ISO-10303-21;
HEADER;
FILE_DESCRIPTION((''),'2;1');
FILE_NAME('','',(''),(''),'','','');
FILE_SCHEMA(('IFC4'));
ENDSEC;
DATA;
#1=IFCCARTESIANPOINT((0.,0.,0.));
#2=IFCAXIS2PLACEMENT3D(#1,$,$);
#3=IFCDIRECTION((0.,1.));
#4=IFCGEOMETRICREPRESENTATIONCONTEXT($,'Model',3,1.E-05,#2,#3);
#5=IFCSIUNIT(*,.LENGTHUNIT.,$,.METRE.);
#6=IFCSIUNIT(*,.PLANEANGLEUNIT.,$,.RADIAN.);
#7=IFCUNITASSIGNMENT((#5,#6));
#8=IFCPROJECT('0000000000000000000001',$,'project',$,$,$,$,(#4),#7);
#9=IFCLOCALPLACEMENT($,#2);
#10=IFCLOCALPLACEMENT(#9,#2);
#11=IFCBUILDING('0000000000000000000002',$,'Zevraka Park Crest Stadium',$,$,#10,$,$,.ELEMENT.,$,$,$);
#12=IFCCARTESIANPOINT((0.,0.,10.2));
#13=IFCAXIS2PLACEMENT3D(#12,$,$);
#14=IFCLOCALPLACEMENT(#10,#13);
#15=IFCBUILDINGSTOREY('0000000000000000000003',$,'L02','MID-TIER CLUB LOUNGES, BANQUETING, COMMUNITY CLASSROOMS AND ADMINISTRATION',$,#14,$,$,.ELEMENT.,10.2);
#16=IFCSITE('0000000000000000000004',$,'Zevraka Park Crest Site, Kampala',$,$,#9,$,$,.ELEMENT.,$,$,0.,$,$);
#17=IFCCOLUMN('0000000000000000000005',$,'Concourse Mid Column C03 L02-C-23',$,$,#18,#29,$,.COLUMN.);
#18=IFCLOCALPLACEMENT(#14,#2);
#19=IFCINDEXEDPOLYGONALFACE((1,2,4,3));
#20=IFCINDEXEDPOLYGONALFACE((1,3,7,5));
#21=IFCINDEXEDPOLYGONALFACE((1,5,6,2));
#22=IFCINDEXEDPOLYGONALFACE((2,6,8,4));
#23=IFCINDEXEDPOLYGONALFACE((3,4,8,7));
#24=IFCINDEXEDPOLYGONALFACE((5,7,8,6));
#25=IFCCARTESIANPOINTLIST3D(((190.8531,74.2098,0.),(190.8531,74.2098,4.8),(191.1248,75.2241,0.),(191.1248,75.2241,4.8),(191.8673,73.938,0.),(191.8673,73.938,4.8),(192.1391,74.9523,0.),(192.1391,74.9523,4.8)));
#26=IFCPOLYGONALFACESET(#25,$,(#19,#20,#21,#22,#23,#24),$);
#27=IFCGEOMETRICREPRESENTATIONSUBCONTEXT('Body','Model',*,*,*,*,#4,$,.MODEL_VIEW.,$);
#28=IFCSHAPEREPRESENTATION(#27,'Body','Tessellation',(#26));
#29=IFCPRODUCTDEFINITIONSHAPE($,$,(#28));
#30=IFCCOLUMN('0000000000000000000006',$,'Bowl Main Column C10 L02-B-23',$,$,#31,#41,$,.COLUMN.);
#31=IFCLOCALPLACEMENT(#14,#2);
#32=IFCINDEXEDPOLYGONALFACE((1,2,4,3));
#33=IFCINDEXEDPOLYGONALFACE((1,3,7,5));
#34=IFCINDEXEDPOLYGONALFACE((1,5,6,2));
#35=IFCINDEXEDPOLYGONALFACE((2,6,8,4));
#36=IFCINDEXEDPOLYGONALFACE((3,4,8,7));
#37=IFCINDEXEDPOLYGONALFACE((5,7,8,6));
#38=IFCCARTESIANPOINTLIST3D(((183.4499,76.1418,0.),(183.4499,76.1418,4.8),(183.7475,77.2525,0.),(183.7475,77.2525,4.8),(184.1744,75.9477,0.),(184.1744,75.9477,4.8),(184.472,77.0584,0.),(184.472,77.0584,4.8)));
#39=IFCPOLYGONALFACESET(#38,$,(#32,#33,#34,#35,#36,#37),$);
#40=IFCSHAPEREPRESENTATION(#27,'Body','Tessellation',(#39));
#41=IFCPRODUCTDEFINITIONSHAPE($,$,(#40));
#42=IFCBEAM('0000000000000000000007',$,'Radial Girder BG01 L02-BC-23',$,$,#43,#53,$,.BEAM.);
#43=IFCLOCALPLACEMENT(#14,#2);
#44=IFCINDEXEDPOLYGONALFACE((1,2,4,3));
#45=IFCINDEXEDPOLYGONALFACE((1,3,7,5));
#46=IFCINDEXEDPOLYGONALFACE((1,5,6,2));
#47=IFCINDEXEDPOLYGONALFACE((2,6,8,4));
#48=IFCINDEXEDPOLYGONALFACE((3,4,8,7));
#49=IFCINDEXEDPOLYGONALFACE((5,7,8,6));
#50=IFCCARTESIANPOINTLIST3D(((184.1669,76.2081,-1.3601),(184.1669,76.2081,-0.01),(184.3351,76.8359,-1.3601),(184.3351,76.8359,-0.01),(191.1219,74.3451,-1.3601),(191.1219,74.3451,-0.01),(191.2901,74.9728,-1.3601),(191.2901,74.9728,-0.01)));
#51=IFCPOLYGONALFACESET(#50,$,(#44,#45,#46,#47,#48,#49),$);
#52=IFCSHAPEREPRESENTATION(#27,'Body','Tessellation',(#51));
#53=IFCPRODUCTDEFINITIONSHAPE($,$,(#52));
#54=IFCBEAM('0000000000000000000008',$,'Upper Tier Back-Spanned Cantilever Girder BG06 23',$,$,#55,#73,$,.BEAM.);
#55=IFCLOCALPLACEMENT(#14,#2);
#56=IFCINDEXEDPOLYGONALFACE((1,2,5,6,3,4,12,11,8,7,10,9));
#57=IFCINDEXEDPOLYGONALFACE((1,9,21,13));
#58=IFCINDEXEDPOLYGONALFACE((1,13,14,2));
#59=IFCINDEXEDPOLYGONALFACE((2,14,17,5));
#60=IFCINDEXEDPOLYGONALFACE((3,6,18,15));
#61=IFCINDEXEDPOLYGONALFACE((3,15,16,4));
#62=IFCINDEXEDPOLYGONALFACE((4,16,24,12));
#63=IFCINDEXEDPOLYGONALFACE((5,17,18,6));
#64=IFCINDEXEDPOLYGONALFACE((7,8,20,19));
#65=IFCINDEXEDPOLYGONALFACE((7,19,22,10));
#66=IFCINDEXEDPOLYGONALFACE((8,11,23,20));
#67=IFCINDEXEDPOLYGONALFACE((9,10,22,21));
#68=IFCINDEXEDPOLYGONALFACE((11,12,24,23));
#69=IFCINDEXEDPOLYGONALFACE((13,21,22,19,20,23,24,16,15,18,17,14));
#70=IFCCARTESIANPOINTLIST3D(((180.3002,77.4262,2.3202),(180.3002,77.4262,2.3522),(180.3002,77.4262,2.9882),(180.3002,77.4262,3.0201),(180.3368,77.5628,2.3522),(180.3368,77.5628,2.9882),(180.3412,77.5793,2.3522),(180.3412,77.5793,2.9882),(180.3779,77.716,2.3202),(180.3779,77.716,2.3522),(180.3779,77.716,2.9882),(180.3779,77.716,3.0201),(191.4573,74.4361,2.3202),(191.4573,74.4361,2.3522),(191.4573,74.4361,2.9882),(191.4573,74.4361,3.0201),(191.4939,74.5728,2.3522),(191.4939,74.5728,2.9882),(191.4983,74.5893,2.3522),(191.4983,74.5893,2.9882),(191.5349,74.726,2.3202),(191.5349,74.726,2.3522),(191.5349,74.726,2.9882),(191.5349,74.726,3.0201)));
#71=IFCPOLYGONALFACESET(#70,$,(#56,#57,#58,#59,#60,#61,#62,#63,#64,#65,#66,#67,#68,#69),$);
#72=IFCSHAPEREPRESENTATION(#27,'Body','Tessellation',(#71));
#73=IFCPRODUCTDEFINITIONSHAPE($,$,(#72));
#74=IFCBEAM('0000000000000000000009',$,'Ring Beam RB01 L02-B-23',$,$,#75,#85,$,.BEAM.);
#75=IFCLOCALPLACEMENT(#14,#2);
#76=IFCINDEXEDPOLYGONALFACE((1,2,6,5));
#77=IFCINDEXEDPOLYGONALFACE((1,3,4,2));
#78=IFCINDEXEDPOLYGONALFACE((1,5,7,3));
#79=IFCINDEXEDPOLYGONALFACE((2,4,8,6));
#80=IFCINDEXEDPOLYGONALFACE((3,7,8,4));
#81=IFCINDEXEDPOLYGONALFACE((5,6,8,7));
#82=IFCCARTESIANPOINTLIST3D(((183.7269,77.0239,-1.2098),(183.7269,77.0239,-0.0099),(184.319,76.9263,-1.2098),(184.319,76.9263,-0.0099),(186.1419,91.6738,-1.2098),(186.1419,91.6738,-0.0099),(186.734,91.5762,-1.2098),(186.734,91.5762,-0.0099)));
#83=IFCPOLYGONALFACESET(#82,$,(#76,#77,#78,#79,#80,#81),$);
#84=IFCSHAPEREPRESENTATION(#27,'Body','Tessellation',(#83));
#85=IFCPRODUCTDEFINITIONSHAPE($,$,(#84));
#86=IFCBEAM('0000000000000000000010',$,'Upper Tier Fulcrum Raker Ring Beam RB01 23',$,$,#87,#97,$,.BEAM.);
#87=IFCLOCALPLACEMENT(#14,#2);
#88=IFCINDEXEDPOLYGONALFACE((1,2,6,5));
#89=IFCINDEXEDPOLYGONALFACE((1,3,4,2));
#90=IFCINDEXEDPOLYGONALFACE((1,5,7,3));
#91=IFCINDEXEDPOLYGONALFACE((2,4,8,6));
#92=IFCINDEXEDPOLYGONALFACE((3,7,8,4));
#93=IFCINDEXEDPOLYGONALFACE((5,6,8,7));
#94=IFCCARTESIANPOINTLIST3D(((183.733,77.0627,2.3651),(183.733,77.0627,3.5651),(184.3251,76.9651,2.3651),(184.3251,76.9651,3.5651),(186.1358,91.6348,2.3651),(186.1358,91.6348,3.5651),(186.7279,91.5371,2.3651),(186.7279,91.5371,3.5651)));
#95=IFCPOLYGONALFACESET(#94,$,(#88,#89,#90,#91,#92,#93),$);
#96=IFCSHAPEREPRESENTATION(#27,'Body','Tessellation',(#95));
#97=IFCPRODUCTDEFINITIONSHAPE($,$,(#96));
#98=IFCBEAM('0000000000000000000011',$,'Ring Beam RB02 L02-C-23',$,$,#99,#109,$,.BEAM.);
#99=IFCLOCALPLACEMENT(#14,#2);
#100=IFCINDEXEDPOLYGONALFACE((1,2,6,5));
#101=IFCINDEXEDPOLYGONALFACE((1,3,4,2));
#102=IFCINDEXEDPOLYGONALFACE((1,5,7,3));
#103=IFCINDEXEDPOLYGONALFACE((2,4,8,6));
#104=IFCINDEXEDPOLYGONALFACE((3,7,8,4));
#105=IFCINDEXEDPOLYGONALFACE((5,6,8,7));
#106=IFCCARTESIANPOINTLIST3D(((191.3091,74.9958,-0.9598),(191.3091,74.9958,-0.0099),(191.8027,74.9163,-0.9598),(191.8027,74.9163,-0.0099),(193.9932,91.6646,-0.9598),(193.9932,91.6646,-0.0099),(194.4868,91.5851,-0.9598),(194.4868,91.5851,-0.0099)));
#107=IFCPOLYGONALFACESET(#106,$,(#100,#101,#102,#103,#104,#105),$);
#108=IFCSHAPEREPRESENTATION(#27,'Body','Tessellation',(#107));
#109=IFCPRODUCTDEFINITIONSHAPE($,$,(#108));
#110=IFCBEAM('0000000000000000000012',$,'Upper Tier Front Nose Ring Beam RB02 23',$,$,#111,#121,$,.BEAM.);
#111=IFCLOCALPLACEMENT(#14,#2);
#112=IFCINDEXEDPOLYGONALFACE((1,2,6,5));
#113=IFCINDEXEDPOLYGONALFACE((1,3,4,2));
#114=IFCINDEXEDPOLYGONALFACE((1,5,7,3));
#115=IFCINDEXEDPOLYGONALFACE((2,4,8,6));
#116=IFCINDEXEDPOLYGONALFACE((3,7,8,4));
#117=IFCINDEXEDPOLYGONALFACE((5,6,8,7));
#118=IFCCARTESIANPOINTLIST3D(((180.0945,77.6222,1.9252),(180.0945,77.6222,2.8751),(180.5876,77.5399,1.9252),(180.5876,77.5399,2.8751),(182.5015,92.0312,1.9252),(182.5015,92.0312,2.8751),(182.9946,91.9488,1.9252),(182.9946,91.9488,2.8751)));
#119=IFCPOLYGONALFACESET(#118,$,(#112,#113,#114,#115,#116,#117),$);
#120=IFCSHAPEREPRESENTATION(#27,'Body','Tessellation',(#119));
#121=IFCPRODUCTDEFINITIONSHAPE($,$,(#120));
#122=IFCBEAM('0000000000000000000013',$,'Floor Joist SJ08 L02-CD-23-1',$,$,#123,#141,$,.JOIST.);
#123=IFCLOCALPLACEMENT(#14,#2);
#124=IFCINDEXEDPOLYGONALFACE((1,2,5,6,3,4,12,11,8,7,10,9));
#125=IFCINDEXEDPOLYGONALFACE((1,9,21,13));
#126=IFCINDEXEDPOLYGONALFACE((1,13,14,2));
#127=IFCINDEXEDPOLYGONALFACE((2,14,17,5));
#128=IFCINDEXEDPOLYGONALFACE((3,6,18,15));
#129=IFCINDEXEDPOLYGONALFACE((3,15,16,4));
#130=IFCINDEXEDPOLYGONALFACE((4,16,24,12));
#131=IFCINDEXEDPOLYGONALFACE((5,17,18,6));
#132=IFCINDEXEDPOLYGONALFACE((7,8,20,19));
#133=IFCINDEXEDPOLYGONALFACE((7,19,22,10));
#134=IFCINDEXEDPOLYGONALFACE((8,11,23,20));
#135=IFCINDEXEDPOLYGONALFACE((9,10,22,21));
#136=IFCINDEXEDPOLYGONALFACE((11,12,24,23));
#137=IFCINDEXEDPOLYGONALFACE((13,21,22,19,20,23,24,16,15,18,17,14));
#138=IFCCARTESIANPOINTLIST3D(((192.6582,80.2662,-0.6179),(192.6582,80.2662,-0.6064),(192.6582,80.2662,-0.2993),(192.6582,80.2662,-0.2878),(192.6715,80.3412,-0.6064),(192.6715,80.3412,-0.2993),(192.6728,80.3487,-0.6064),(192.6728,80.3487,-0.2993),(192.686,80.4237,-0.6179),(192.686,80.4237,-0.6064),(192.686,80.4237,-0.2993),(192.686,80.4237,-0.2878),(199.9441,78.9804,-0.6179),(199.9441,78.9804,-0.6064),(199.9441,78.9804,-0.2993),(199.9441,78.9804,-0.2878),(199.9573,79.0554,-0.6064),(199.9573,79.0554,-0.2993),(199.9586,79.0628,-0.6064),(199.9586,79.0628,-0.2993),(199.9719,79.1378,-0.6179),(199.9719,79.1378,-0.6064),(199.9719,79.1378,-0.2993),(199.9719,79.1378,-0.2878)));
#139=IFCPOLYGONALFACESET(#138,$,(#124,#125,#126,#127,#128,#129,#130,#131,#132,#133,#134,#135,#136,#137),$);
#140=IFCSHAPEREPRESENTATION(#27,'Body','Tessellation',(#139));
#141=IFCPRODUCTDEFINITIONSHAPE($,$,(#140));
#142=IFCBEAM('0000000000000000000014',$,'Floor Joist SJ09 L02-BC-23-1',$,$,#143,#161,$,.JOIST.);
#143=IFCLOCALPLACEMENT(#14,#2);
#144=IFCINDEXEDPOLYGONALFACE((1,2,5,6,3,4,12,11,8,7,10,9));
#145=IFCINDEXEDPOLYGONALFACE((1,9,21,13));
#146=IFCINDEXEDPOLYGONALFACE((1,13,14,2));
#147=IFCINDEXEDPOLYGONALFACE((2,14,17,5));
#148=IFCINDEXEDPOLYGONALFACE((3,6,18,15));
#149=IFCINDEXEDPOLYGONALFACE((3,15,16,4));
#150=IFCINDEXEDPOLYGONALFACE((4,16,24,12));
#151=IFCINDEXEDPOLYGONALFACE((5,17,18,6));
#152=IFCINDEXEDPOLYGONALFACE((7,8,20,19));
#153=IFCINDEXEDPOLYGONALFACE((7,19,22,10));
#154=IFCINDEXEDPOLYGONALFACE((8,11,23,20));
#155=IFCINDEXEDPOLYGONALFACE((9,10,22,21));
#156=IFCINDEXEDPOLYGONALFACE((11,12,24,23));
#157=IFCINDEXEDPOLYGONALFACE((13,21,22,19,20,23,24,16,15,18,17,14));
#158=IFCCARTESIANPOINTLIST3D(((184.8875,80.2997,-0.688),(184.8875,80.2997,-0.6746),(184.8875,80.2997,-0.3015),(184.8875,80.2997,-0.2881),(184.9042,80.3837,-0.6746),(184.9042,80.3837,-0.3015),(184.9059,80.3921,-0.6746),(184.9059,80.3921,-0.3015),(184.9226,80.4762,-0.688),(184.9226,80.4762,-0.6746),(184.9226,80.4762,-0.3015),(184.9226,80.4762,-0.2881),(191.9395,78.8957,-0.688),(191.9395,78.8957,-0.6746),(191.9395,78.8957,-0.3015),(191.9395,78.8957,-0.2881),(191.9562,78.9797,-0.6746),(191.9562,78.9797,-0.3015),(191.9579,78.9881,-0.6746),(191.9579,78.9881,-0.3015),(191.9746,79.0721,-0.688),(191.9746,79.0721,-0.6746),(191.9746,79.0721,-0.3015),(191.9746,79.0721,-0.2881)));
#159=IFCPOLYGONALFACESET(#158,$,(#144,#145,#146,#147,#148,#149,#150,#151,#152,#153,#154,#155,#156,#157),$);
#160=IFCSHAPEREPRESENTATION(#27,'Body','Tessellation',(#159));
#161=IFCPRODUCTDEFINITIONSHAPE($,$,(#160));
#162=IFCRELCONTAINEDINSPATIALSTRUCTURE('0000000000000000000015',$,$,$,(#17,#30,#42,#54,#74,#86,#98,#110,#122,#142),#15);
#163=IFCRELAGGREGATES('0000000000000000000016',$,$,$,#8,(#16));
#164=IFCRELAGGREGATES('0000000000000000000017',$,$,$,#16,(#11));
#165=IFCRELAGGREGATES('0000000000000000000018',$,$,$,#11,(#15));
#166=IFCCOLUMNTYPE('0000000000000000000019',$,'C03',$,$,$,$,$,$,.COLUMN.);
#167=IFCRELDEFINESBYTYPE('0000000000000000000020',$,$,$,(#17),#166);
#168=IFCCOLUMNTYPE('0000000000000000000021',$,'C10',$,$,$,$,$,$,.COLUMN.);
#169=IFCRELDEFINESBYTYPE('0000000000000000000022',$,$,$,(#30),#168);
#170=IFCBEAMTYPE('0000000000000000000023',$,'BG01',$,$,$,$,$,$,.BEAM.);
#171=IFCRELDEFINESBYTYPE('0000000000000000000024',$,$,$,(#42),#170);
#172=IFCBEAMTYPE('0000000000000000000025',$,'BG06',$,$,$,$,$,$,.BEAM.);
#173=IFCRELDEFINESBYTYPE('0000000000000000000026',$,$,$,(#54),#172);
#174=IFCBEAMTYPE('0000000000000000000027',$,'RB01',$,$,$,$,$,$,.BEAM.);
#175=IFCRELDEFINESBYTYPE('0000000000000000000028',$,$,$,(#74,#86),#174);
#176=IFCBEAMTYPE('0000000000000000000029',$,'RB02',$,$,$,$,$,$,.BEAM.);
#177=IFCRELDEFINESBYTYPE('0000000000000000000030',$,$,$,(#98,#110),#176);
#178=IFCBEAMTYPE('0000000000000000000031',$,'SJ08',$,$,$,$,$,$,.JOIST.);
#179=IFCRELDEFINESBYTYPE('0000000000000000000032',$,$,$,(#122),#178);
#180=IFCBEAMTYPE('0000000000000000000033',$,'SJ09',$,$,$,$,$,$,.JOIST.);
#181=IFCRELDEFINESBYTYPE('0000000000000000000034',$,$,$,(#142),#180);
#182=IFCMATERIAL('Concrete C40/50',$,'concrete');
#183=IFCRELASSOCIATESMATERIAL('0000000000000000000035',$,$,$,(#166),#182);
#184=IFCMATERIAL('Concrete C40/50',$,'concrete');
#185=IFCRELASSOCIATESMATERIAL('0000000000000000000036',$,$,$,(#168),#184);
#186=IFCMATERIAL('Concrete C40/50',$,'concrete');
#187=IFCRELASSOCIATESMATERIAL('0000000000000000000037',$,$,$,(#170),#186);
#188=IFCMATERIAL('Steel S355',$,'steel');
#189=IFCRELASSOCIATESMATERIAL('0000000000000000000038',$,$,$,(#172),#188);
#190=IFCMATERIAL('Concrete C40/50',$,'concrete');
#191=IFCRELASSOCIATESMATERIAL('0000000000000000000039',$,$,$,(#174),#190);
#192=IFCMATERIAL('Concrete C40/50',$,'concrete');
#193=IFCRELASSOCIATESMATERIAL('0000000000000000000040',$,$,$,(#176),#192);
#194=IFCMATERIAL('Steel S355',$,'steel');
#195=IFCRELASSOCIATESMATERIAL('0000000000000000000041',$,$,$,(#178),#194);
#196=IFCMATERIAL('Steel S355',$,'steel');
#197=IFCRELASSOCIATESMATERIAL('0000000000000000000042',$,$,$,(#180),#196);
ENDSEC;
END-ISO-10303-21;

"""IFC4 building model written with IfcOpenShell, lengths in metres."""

from ifc_helpers import new_model, si_unit, direction, frame, origin, origin_2d, place, context, subcontext, project, spatial, rectangle, i_section, extrude, material, material_profile, profile_set, type_object, element, save


model = new_model("IFC4")

# Units and contexts
model_context = context("Model", 3, precision=1e-05, world=origin(), true_north=direction((0.0, 1.0)))
body_context = subcontext(model_context, "Body", "Model", "MODEL_VIEW")
ifc_project = project(units=[si_unit("LENGTHUNIT", "METRE"), si_unit("PLANEANGLEUNIT", "RADIAN")], contexts=[model_context])

# Site, building, storey
site_placement = place(None, origin())
site = spatial("IfcSite", under=ifc_project, at=site_placement, Name="Zevraka Park Crest Site, Kampala", CompositionType="ELEMENT", RefElevation=0.0)
building_placement = place(site_placement, origin())
building = spatial("IfcBuilding", under=site, at=building_placement, Name="Zevraka Park Crest Stadium", CompositionType="ELEMENT")
storey_placement = place(building_placement, frame((0.0, 0.0, 10.2)))
storey = spatial("IfcBuildingStorey", under=building, at=storey_placement, Name="L02", Description="MID-TIER CLUB LOUNGES, BANQUETING, COMMUNITY CLASSROOMS AND ADMINISTRATION", CompositionType="ELEMENT", Elevation=10.2)

# Columns
ifc_material_1 = material(Name="Concrete C40/50", Category="concrete")
ifc_material_profile_1 = material_profile(ifc_material_1, rectangle(XDim=1.05, YDim=1.05, at=origin_2d()), Name="RC 1050x1050")
ifc_profile_set_1 = profile_set([ifc_material_profile_1], Name="Concrete C40/50")
column_type_1 = type_object("IfcColumnType", Name="C03", PredefinedType="COLUMN", material=ifc_profile_set_1)
column_1_placement = place(storey_placement, frame((191.4961, 74.5811, 0.0), z_axis=(0.0, 0.0, 1.0), x_axis=(-0.965926, 0.258819, 0.0)))
element("IfcColumn", 1, at=column_1_placement, inside=storey, type_object=column_type_1, Name="Concourse Mid Column C03 L02-C-23", PredefinedType="COLUMN", context=body_context, shape_type="SweptSolid", body=[
    extrude(rectangle(XDim=1.05, YDim=1.05, at=origin_2d()), origin(), (0.0, 0.0, 1.0), 4.8),
])
ifc_material_2 = material(Name="Concrete C40/50", Category="concrete")
ifc_material_profile_2 = material_profile(ifc_material_2, rectangle(XDim=0.75, YDim=1.1499, at=origin_2d()), Name="RC 1150x750")
ifc_profile_set_2 = profile_set([ifc_material_profile_2], Name="Concrete C40/50")
column_type_2 = type_object("IfcColumnType", Name="C10", PredefinedType="COLUMN", material=ifc_profile_set_2)
column_2_placement = place(storey_placement, frame((183.9609, 76.6001, 0.0), z_axis=(0.0, 0.0, 1.0), x_axis=(-0.965926, 0.258819, 0.0)))
element("IfcColumn", 2, at=column_2_placement, inside=storey, type_object=column_type_2, Name="Bowl Main Column C10 L02-B-23", PredefinedType="COLUMN", context=body_context, shape_type="SweptSolid", body=[
    extrude(rectangle(XDim=0.75, YDim=1.1499, at=origin_2d()), origin(), (0.0, 0.0, 1.0), 4.8),
])

# Beams
ifc_material_3 = material(Name="Concrete C40/50", Category="concrete")
ifc_material_profile_3 = material_profile(ifc_material_3, rectangle(XDim=0.6499, YDim=1.3501, at=origin_2d()), Name="RC 1350x650")
ifc_profile_set_3 = profile_set([ifc_material_profile_3], Name="Concrete C40/50")
beam_type_1 = type_object("IfcBeamType", Name="BG01", PredefinedType="BEAM", material=ifc_profile_set_3)
beam_1_placement = place(storey_placement, frame((184.251, 76.522, -0.6851), z_axis=(0.965946, -0.258745, 0.0), x_axis=(0.258745, 0.965946, 0.0)))
element("IfcBeam", 3, at=beam_1_placement, inside=storey, type_object=beam_type_1, Name="Radial Girder BG01 L02-BC-23", PredefinedType="BEAM", context=body_context, shape_type="SweptSolid", body=[
    extrude(rectangle(XDim=0.6499, YDim=1.3501, at=origin_2d()), origin(), (0.0, 0.0, 1.0), 7.2002),
])
ifc_material_4 = material(Name="Steel S355", Category="steel")
ifc_material_profile_4 = material_profile(ifc_material_4, i_section(OverallWidth=0.3, OverallDepth=0.7, WebThickness=0.0171, FlangeThickness=0.032, at=origin_2d()), Name="HEB 700")
ifc_profile_set_4 = profile_set([ifc_material_profile_4], Name="Steel S355")
beam_type_2 = type_object("IfcBeamType", Name="BG06", PredefinedType="BEAM", material=ifc_profile_set_4)
beam_2_placement = place(storey_placement, frame((191.4961, 74.5811, 2.6702), z_axis=(-0.965915, 0.258858, 0.0), x_axis=(-0.258858, -0.965915, 0.0)))
element("IfcBeam", 4, at=beam_2_placement, inside=storey, type_object=beam_type_2, Name="Upper Tier Back-Spanned Cantilever Girder BG06 23", PredefinedType="BEAM", context=body_context, shape_type="SweptSolid", body=[
    extrude(i_section(OverallWidth=0.3, OverallDepth=0.7, WebThickness=0.0171, FlangeThickness=0.032, at=origin_2d()), origin(), (0.0, 0.0, 1.0), 11.5508),
])
ifc_material_5 = material(Name="Concrete C40/50", Category="concrete")
ifc_material_profile_5 = material_profile(ifc_material_5, rectangle(XDim=0.6001, YDim=1.2, at=origin_2d()), Name="RC 1200x600")
ifc_profile_set_5 = profile_set([ifc_material_profile_5], Name="Concrete C40/50")
beam_type_3 = type_object("IfcBeamType", Name="RB01", PredefinedType="BEAM", material=ifc_profile_set_5)
beam_3_placement = place(storey_placement, frame((184.0229, 76.9751, -0.6099), z_axis=(0.162655, 0.986683, 0.0), x_axis=(-0.986683, 0.162655, 0.0)))
element("IfcBeam", 5, at=beam_3_placement, inside=storey, type_object=beam_type_3, Name="Ring Beam RB01 L02-B-23", PredefinedType="BEAM", context=body_context, shape_type="SweptSolid", body=[
    extrude(rectangle(XDim=0.6001, YDim=1.2, at=origin_2d()), origin(), (0.0, 0.0, 1.0), 14.8477),
])
beam_4_placement = place(storey_placement, frame((184.0291, 77.0139, 2.9651), z_axis=(0.162697, 0.986676, 0.0), x_axis=(-0.986676, 0.162697, 0.0)))
element("IfcBeam", 6, at=beam_4_placement, inside=storey, type_object=beam_type_3, Name="Upper Tier Fulcrum Raker Ring Beam RB01 23", PredefinedType="BEAM", context=body_context, shape_type="SweptSolid", body=[
    extrude(rectangle(XDim=0.6001, YDim=1.2, at=origin_2d()), origin(), (0.0, 0.0, 1.0), 14.7688),
])
ifc_material_6 = material(Name="Concrete C40/50", Category="concrete")
ifc_material_profile_6 = material_profile(ifc_material_6, rectangle(XDim=0.5, YDim=0.95, at=origin_2d()), Name="RC 950x500")
ifc_profile_set_6 = profile_set([ifc_material_profile_6], Name="Concrete C40/50")
beam_type_4 = type_object("IfcBeamType", Name="RB02", PredefinedType="BEAM", material=ifc_profile_set_6)
beam_5_placement = place(storey_placement, frame((191.5559, 74.9561, -0.4849), z_axis=(0.158975, 0.987283, 0.0), x_axis=(-0.987283, 0.158975, 0.0)))
element("IfcBeam", 7, at=beam_5_placement, inside=storey, type_object=beam_type_4, Name="Ring Beam RB02 L02-C-23", PredefinedType="BEAM", context=body_context, shape_type="SweptSolid", body=[
    extrude(rectangle(XDim=0.5, YDim=0.95, at=origin_2d()), origin(), (0.0, 0.0, 1.0), 16.8835),
])
beam_6_placement = place(storey_placement, frame((180.3411, 77.5811, 2.4001), z_axis=(0.164765, 0.986333, 0.0), x_axis=(-0.986333, 0.164765, 0.0)))
element("IfcBeam", 8, at=beam_6_placement, inside=storey, type_object=beam_type_4, Name="Upper Tier Front Nose Ring Beam RB02 23", PredefinedType="BEAM", context=body_context, shape_type="SweptSolid", body=[
    extrude(rectangle(XDim=0.5, YDim=0.95, at=origin_2d()), origin(), (0.0, 0.0, 1.0), 14.6086),
])
ifc_material_7 = material(Name="Steel S355", Category="steel")
ifc_material_profile_7 = material_profile(ifc_material_7, i_section(OverallWidth=0.1599, OverallDepth=0.3301, WebThickness=0.0076, FlangeThickness=0.0115, at=origin_2d()), Name="IPE 330")
ifc_profile_set_7 = profile_set([ifc_material_profile_7], Name="Steel S355")
beam_type_5 = type_object("IfcBeamType", Name="SJ08", PredefinedType="JOIST", material=ifc_profile_set_7)
beam_7_placement = place(storey_placement, frame((192.6721, 80.345, -0.4529), z_axis=(0.98478, -0.173804, 0.0), x_axis=(0.173804, 0.98478, 0.0)))
element("IfcBeam", 9, at=beam_7_placement, inside=storey, type_object=beam_type_5, Name="Floor Joist SJ08 L02-CD-23-1", PredefinedType="JOIST", context=body_context, shape_type="SweptSolid", body=[
    extrude(i_section(OverallWidth=0.1599, OverallDepth=0.3301, WebThickness=0.0076, FlangeThickness=0.0115, at=origin_2d()), origin(), (0.0, 0.0, 1.0), 7.3984),
])
ifc_material_8 = material(Name="Steel S355", Category="steel")
ifc_material_profile_8 = material_profile(ifc_material_8, i_section(OverallWidth=0.1799, OverallDepth=0.3999, WebThickness=0.0085, FlangeThickness=0.0134, at=origin_2d()), Name="IPE 400")
ifc_profile_set_8 = profile_set([ifc_material_profile_8], Name="Steel S355")
beam_type_6 = type_object("IfcBeamType", Name="SJ09", PredefinedType="JOIST", material=ifc_profile_set_8)
beam_8_placement = place(storey_placement, frame((184.905, 80.3879, -0.488), z_axis=(0.98075, -0.195267, 0.0), x_axis=(0.195267, 0.98075, 0.0)))
element("IfcBeam", 10, at=beam_8_placement, inside=storey, type_object=beam_type_6, Name="Floor Joist SJ09 L02-BC-23-1", PredefinedType="JOIST", context=body_context, shape_type="SweptSolid", body=[
    extrude(i_section(OverallWidth=0.1799, OverallDepth=0.3999, WebThickness=0.0085, FlangeThickness=0.0134, at=origin_2d()), origin(), (0.0, 0.0, 1.0), 7.1904),
])

save(model, "model.ifc")
